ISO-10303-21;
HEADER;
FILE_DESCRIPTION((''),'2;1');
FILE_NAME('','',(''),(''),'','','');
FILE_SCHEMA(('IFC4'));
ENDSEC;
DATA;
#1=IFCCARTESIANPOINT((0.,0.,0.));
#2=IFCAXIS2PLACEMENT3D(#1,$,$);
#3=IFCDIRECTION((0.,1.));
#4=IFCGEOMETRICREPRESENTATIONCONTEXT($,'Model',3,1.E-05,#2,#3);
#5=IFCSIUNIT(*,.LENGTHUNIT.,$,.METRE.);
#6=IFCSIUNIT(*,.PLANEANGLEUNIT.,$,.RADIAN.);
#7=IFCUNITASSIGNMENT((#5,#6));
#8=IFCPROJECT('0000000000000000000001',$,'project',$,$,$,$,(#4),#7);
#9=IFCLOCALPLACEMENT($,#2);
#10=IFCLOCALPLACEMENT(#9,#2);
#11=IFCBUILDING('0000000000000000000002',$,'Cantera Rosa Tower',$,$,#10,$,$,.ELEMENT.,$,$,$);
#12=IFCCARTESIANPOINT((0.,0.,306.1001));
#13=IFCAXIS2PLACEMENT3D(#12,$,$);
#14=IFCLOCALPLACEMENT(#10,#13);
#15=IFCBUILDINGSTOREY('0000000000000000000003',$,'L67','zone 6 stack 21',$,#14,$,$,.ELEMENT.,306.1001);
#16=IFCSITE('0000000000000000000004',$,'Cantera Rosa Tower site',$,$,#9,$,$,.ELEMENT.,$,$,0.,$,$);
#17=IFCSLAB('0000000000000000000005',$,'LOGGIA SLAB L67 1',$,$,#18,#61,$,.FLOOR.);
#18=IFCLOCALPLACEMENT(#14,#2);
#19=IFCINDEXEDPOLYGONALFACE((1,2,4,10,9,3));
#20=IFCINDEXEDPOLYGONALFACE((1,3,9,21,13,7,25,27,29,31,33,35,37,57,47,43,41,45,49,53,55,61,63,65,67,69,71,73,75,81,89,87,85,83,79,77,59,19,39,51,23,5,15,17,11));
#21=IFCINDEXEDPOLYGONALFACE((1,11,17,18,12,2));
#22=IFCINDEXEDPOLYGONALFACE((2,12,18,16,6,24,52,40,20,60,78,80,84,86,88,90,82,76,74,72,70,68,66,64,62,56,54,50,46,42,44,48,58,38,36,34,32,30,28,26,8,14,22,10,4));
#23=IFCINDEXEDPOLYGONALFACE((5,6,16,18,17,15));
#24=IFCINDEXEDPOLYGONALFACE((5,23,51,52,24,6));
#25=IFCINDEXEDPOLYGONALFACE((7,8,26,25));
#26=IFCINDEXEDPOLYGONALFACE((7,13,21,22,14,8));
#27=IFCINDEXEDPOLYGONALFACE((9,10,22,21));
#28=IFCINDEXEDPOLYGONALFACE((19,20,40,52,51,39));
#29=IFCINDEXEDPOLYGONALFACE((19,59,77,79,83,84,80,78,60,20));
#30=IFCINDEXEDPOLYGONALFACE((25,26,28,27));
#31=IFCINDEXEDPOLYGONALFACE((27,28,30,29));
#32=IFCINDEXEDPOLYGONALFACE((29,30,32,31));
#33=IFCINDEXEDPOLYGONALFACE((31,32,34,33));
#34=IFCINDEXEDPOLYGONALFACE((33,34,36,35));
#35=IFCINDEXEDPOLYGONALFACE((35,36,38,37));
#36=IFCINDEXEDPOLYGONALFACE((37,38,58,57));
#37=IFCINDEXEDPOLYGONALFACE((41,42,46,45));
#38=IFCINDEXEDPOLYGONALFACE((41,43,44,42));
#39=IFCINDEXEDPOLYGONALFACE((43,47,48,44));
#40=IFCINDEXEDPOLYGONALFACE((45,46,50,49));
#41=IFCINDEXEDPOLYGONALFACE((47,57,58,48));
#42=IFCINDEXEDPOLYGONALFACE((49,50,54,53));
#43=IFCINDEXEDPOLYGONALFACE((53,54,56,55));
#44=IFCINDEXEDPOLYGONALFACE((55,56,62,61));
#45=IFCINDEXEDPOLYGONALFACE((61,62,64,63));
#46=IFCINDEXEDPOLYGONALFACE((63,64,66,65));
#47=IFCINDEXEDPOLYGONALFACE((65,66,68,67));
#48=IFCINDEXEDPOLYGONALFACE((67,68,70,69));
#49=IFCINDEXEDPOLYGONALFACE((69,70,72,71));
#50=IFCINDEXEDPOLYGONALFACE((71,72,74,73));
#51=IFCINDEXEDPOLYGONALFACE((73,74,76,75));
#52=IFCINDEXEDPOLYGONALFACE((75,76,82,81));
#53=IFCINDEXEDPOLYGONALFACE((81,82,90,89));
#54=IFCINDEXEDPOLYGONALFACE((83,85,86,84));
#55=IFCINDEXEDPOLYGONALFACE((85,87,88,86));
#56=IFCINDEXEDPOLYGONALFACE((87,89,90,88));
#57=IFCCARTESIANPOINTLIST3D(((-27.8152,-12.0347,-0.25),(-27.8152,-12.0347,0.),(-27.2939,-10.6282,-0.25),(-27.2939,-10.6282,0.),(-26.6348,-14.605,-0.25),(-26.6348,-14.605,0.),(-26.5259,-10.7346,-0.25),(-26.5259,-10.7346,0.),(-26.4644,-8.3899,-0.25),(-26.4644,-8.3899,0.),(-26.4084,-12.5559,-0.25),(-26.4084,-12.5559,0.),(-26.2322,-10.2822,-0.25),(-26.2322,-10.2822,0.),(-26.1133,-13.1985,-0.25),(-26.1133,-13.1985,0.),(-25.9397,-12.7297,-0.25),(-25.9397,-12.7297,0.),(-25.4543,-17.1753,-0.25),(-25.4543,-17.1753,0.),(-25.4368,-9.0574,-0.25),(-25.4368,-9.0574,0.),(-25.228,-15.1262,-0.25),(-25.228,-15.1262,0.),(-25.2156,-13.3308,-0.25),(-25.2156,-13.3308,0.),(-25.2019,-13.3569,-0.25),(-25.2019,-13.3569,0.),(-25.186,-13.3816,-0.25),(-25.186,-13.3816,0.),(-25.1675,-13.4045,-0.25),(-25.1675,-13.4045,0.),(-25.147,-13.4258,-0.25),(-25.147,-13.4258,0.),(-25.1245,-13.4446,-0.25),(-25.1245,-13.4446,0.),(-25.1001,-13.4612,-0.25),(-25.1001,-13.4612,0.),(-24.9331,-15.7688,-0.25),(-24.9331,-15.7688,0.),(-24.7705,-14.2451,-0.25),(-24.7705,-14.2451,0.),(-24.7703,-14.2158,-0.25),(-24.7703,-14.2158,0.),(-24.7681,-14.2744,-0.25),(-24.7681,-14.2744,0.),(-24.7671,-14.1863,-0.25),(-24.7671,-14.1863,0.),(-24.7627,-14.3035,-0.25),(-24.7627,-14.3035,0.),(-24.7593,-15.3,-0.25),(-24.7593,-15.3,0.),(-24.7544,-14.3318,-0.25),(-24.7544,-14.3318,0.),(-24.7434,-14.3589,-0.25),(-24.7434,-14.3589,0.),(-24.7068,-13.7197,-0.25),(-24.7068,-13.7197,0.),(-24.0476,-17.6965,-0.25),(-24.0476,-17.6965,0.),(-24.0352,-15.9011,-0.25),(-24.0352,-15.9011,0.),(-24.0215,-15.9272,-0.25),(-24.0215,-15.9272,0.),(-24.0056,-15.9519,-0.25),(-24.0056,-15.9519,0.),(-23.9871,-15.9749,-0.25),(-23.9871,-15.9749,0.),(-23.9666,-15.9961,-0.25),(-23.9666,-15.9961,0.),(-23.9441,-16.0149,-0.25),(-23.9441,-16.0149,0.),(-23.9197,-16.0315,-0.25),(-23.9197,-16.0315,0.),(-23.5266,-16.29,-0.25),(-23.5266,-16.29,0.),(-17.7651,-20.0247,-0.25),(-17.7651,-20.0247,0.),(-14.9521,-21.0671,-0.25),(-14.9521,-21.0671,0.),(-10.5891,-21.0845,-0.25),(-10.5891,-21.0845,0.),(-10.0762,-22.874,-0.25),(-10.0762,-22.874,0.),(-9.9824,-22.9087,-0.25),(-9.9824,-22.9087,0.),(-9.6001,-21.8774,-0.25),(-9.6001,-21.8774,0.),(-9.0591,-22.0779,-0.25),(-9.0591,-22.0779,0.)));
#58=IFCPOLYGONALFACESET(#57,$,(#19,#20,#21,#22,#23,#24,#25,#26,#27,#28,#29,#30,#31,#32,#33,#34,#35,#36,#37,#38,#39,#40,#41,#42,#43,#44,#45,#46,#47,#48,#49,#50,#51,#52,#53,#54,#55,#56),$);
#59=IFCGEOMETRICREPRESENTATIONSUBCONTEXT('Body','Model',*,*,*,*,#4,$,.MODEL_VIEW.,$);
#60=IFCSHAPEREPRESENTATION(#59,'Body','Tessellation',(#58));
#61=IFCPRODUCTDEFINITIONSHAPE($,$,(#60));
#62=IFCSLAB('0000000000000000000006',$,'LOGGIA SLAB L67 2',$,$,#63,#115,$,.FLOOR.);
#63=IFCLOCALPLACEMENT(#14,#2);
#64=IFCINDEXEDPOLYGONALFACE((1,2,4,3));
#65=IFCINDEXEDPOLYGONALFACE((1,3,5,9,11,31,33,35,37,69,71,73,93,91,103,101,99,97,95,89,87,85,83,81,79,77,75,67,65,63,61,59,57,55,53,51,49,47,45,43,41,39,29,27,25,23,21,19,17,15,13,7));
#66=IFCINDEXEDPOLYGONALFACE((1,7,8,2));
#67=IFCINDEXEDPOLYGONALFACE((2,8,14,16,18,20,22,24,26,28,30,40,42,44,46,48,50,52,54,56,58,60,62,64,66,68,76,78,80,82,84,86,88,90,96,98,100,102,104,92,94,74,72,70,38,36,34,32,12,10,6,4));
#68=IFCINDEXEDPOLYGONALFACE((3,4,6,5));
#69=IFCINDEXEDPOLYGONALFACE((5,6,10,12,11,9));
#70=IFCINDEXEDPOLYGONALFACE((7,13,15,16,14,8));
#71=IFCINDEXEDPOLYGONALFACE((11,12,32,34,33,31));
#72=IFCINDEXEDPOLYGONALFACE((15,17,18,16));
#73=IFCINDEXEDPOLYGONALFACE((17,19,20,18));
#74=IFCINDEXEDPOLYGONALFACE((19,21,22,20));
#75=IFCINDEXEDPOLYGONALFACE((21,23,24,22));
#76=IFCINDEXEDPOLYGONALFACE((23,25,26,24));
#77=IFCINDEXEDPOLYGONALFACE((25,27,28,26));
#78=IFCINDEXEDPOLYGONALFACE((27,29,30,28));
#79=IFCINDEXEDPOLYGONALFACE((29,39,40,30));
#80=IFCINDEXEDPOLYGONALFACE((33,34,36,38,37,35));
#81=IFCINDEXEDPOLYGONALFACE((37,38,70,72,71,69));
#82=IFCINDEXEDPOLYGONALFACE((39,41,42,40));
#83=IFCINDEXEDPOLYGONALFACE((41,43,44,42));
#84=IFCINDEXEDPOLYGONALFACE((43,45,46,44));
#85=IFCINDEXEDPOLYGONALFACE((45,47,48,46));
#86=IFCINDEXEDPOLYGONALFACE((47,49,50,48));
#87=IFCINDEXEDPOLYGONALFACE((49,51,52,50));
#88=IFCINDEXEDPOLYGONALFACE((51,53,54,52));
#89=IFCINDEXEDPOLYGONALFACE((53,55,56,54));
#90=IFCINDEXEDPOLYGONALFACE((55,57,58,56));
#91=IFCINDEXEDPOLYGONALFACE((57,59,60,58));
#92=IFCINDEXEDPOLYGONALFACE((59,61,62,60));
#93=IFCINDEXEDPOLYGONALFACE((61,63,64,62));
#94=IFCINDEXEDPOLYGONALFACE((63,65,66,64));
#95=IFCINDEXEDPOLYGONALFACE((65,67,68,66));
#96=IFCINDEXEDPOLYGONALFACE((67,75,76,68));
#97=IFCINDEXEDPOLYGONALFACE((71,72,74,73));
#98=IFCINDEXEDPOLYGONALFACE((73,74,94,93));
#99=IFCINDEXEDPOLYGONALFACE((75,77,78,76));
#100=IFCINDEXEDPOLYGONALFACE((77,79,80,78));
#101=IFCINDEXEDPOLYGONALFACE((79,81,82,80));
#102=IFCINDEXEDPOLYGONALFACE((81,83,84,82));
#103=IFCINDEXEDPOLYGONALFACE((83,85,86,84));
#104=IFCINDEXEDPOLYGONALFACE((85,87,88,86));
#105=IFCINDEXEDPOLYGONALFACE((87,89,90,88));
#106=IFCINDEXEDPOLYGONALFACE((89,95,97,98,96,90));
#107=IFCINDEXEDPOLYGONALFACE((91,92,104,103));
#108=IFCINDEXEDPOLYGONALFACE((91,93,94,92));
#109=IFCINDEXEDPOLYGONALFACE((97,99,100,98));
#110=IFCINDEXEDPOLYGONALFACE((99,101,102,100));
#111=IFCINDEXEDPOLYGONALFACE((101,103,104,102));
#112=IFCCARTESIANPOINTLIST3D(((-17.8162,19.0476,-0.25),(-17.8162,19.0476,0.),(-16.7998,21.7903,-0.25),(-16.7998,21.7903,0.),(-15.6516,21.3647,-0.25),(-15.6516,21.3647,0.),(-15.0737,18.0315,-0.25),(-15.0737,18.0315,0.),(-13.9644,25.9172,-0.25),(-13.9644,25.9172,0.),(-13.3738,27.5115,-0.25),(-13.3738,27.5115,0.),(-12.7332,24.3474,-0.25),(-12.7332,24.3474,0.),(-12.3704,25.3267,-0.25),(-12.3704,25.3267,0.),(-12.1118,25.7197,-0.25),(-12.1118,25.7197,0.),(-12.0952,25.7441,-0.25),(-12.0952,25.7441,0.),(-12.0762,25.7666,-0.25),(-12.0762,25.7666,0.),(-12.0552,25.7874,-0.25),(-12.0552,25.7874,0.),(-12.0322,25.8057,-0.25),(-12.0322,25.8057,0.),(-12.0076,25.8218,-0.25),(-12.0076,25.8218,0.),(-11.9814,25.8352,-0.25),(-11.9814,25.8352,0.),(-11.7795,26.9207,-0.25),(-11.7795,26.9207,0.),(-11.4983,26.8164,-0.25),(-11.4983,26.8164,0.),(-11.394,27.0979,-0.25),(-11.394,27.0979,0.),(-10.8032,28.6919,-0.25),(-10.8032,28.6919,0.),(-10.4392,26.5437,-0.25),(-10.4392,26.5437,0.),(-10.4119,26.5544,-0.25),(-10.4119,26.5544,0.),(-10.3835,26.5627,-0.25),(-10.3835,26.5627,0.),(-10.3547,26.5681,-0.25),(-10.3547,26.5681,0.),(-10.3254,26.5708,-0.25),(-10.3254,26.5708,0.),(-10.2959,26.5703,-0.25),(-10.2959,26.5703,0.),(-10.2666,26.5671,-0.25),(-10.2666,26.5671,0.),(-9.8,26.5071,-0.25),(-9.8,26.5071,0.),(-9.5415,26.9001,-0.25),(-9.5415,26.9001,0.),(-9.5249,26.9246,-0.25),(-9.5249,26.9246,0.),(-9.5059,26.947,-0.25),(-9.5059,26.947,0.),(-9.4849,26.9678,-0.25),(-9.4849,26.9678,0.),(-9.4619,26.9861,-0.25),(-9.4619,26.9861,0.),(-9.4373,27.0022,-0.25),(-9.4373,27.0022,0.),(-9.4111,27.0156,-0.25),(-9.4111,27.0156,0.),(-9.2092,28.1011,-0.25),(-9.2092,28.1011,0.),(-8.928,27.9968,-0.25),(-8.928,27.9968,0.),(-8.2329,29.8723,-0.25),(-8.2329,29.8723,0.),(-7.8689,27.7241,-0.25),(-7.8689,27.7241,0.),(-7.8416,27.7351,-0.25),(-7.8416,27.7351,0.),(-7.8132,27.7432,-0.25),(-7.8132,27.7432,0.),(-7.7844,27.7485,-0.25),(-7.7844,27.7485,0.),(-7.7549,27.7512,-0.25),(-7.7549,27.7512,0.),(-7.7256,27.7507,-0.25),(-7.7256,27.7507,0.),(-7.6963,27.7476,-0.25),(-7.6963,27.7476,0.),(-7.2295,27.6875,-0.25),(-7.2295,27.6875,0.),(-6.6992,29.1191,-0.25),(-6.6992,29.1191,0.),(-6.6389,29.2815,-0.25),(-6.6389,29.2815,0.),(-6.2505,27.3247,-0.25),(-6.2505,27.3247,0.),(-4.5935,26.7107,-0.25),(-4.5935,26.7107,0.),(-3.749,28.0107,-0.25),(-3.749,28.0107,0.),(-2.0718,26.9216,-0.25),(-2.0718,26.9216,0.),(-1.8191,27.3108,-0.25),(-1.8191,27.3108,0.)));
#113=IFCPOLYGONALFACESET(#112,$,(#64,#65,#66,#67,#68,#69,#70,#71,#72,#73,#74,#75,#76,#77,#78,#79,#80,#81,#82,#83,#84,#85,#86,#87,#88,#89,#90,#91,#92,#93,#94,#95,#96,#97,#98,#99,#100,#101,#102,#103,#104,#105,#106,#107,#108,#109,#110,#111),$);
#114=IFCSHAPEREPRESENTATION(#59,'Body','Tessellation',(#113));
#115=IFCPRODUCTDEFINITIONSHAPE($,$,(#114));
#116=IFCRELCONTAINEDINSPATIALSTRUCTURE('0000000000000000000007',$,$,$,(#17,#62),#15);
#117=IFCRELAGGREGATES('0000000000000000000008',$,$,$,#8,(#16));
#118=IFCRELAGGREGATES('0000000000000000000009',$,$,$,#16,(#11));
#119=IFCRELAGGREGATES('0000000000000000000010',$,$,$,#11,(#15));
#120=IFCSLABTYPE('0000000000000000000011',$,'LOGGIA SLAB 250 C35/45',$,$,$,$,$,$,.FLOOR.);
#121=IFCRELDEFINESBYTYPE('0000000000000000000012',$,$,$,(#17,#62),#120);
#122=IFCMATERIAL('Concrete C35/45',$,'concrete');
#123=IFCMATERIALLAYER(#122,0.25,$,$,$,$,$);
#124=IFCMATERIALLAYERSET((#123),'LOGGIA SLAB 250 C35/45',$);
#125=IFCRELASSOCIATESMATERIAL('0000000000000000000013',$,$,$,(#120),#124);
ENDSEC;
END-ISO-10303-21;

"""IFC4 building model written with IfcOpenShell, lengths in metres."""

from ifc_helpers import new_model, si_unit, direction, frame, origin, place, context, subcontext, project, spatial, polyline, outline, extrude, material, layer, layer_set, type_object, element, save


model = new_model("IFC4")

# Units and contexts
model_context = context("Model", 3, precision=1e-05, world=origin(), true_north=direction((0.0, 1.0)))
body_context = subcontext(model_context, "Body", "Model", "MODEL_VIEW")
ifc_project = project(units=[si_unit("LENGTHUNIT", "METRE"), si_unit("PLANEANGLEUNIT", "RADIAN")], contexts=[model_context])

# Site, building, storey
site_placement = place(None, origin())
site = spatial("IfcSite", under=ifc_project, at=site_placement, Name="Cantera Rosa Tower site", CompositionType="ELEMENT", RefElevation=0.0)
building_placement = place(site_placement, origin())
building = spatial("IfcBuilding", under=site, at=building_placement, Name="Cantera Rosa Tower", CompositionType="ELEMENT")
storey_placement = place(building_placement, frame((0.0, 0.0, 306.1001)))
storey = spatial("IfcBuildingStorey", under=building, at=storey_placement, Name="L67", Description="zone 6 stack 21", CompositionType="ELEMENT", Elevation=306.1001)

# Slabs
ifc_material_1 = material(Name="Concrete C35/45", Category="concrete")
ifc_layer_1 = layer(ifc_material_1, 0.25)
ifc_layer_set_1 = layer_set([ifc_layer_1], Name="LOGGIA SLAB 250 C35/45")
slab_type_1 = type_object("IfcSlabType", Name="LOGGIA SLAB 250 C35/45", PredefinedType="FLOOR", material=ifc_layer_set_1)
slab_1_placement = place(storey_placement, frame((0.0, 0.0, -0.25)))
element("IfcSlab", 1, at=slab_1_placement, inside=storey, type_object=slab_type_1, Name="LOGGIA SLAB L67 1", PredefinedType="FLOOR", context=body_context, shape_type="SweptSolid", body=[
    extrude(outline(polyline([(-24.7593, -15.3), (-25.228, -15.1262), (-26.6348, -14.605), (-26.1133, -13.1985), (-25.9397, -12.7297), (-26.4084, -12.5559), (-27.8152, -12.0347), (-27.2939, -10.6282), (-26.4644, -8.3899), (-25.4368, -9.0574), (-26.2322, -10.2822), (-26.5259, -10.7346), (-25.2156, -13.3308), (-25.2019, -13.3569), (-25.186, -13.3816), (-25.1675, -13.4045), (-25.147, -13.4258), (-25.1245, -13.4446), (-25.1001, -13.4612), (-24.7068, -13.7197), (-24.7671, -14.1863), (-24.7703, -14.2158), (-24.7705, -14.2451), (-24.7681, -14.2744), (-24.7627, -14.3035), (-24.7544, -14.3318), (-24.7434, -14.3589), (-24.0352, -15.9011), (-24.0215, -15.9272), (-24.0056, -15.9519), (-23.9871, -15.9749), (-23.9666, -15.9961), (-23.9441, -16.0149), (-23.9197, -16.0315), (-23.5266, -16.29), (-10.5891, -21.0845), (-9.0591, -22.0779), (-9.6001, -21.8774), (-9.9824, -22.9087), (-10.0762, -22.874), (-14.9521, -21.0671), (-17.7651, -20.0247), (-24.0476, -17.6965), (-25.4543, -17.1753), (-24.9331, -15.7688), (-24.7593, -15.3)])), origin(), (0.0, 0.0, 1.0), 0.25),
])
slab_2_placement = place(storey_placement, frame((0.0, 0.0, -0.25)))
element("IfcSlab", 2, at=slab_2_placement, inside=storey, type_object=slab_type_1, Name="LOGGIA SLAB L67 2", PredefinedType="FLOOR", context=body_context, shape_type="SweptSolid", body=[
    extrude(outline(polyline([(-11.7795, 26.9207), (-11.4983, 26.8164), (-11.394, 27.0979), (-10.8032, 28.6919), (-9.2092, 28.1011), (-8.928, 27.9968), (-8.2329, 29.8723), (-6.6389, 29.2815), (-6.6992, 29.1191), (-1.8191, 27.3108), (-2.0718, 26.9216), (-3.749, 28.0107), (-4.5935, 26.7107), (-6.2505, 27.3247), (-7.2295, 27.6875), (-7.6963, 27.7476), (-7.7256, 27.7507), (-7.7549, 27.7512), (-7.7844, 27.7485), (-7.8132, 27.7432), (-7.8416, 27.7351), (-7.8689, 27.7241), (-9.4111, 27.0156), (-9.4373, 27.0022), (-9.4619, 26.9861), (-9.4849, 26.9678), (-9.5059, 26.947), (-9.5249, 26.9246), (-9.5415, 26.9001), (-9.8, 26.5071), (-10.2666, 26.5671), (-10.2959, 26.5703), (-10.3254, 26.5708), (-10.3547, 26.5681), (-10.3835, 26.5627), (-10.4119, 26.5544), (-10.4392, 26.5437), (-11.9814, 25.8352), (-12.0076, 25.8218), (-12.0322, 25.8057), (-12.0552, 25.7874), (-12.0762, 25.7666), (-12.0952, 25.7441), (-12.1118, 25.7197), (-12.3704, 25.3267), (-12.7332, 24.3474), (-15.0737, 18.0315), (-17.8162, 19.0476), (-16.7998, 21.7903), (-15.6516, 21.3647), (-13.9644, 25.9172), (-13.3738, 27.5115), (-11.7795, 26.9207)])), origin(), (0.0, 0.0, 1.0), 0.25),
])

save(model, "model.ifc")
